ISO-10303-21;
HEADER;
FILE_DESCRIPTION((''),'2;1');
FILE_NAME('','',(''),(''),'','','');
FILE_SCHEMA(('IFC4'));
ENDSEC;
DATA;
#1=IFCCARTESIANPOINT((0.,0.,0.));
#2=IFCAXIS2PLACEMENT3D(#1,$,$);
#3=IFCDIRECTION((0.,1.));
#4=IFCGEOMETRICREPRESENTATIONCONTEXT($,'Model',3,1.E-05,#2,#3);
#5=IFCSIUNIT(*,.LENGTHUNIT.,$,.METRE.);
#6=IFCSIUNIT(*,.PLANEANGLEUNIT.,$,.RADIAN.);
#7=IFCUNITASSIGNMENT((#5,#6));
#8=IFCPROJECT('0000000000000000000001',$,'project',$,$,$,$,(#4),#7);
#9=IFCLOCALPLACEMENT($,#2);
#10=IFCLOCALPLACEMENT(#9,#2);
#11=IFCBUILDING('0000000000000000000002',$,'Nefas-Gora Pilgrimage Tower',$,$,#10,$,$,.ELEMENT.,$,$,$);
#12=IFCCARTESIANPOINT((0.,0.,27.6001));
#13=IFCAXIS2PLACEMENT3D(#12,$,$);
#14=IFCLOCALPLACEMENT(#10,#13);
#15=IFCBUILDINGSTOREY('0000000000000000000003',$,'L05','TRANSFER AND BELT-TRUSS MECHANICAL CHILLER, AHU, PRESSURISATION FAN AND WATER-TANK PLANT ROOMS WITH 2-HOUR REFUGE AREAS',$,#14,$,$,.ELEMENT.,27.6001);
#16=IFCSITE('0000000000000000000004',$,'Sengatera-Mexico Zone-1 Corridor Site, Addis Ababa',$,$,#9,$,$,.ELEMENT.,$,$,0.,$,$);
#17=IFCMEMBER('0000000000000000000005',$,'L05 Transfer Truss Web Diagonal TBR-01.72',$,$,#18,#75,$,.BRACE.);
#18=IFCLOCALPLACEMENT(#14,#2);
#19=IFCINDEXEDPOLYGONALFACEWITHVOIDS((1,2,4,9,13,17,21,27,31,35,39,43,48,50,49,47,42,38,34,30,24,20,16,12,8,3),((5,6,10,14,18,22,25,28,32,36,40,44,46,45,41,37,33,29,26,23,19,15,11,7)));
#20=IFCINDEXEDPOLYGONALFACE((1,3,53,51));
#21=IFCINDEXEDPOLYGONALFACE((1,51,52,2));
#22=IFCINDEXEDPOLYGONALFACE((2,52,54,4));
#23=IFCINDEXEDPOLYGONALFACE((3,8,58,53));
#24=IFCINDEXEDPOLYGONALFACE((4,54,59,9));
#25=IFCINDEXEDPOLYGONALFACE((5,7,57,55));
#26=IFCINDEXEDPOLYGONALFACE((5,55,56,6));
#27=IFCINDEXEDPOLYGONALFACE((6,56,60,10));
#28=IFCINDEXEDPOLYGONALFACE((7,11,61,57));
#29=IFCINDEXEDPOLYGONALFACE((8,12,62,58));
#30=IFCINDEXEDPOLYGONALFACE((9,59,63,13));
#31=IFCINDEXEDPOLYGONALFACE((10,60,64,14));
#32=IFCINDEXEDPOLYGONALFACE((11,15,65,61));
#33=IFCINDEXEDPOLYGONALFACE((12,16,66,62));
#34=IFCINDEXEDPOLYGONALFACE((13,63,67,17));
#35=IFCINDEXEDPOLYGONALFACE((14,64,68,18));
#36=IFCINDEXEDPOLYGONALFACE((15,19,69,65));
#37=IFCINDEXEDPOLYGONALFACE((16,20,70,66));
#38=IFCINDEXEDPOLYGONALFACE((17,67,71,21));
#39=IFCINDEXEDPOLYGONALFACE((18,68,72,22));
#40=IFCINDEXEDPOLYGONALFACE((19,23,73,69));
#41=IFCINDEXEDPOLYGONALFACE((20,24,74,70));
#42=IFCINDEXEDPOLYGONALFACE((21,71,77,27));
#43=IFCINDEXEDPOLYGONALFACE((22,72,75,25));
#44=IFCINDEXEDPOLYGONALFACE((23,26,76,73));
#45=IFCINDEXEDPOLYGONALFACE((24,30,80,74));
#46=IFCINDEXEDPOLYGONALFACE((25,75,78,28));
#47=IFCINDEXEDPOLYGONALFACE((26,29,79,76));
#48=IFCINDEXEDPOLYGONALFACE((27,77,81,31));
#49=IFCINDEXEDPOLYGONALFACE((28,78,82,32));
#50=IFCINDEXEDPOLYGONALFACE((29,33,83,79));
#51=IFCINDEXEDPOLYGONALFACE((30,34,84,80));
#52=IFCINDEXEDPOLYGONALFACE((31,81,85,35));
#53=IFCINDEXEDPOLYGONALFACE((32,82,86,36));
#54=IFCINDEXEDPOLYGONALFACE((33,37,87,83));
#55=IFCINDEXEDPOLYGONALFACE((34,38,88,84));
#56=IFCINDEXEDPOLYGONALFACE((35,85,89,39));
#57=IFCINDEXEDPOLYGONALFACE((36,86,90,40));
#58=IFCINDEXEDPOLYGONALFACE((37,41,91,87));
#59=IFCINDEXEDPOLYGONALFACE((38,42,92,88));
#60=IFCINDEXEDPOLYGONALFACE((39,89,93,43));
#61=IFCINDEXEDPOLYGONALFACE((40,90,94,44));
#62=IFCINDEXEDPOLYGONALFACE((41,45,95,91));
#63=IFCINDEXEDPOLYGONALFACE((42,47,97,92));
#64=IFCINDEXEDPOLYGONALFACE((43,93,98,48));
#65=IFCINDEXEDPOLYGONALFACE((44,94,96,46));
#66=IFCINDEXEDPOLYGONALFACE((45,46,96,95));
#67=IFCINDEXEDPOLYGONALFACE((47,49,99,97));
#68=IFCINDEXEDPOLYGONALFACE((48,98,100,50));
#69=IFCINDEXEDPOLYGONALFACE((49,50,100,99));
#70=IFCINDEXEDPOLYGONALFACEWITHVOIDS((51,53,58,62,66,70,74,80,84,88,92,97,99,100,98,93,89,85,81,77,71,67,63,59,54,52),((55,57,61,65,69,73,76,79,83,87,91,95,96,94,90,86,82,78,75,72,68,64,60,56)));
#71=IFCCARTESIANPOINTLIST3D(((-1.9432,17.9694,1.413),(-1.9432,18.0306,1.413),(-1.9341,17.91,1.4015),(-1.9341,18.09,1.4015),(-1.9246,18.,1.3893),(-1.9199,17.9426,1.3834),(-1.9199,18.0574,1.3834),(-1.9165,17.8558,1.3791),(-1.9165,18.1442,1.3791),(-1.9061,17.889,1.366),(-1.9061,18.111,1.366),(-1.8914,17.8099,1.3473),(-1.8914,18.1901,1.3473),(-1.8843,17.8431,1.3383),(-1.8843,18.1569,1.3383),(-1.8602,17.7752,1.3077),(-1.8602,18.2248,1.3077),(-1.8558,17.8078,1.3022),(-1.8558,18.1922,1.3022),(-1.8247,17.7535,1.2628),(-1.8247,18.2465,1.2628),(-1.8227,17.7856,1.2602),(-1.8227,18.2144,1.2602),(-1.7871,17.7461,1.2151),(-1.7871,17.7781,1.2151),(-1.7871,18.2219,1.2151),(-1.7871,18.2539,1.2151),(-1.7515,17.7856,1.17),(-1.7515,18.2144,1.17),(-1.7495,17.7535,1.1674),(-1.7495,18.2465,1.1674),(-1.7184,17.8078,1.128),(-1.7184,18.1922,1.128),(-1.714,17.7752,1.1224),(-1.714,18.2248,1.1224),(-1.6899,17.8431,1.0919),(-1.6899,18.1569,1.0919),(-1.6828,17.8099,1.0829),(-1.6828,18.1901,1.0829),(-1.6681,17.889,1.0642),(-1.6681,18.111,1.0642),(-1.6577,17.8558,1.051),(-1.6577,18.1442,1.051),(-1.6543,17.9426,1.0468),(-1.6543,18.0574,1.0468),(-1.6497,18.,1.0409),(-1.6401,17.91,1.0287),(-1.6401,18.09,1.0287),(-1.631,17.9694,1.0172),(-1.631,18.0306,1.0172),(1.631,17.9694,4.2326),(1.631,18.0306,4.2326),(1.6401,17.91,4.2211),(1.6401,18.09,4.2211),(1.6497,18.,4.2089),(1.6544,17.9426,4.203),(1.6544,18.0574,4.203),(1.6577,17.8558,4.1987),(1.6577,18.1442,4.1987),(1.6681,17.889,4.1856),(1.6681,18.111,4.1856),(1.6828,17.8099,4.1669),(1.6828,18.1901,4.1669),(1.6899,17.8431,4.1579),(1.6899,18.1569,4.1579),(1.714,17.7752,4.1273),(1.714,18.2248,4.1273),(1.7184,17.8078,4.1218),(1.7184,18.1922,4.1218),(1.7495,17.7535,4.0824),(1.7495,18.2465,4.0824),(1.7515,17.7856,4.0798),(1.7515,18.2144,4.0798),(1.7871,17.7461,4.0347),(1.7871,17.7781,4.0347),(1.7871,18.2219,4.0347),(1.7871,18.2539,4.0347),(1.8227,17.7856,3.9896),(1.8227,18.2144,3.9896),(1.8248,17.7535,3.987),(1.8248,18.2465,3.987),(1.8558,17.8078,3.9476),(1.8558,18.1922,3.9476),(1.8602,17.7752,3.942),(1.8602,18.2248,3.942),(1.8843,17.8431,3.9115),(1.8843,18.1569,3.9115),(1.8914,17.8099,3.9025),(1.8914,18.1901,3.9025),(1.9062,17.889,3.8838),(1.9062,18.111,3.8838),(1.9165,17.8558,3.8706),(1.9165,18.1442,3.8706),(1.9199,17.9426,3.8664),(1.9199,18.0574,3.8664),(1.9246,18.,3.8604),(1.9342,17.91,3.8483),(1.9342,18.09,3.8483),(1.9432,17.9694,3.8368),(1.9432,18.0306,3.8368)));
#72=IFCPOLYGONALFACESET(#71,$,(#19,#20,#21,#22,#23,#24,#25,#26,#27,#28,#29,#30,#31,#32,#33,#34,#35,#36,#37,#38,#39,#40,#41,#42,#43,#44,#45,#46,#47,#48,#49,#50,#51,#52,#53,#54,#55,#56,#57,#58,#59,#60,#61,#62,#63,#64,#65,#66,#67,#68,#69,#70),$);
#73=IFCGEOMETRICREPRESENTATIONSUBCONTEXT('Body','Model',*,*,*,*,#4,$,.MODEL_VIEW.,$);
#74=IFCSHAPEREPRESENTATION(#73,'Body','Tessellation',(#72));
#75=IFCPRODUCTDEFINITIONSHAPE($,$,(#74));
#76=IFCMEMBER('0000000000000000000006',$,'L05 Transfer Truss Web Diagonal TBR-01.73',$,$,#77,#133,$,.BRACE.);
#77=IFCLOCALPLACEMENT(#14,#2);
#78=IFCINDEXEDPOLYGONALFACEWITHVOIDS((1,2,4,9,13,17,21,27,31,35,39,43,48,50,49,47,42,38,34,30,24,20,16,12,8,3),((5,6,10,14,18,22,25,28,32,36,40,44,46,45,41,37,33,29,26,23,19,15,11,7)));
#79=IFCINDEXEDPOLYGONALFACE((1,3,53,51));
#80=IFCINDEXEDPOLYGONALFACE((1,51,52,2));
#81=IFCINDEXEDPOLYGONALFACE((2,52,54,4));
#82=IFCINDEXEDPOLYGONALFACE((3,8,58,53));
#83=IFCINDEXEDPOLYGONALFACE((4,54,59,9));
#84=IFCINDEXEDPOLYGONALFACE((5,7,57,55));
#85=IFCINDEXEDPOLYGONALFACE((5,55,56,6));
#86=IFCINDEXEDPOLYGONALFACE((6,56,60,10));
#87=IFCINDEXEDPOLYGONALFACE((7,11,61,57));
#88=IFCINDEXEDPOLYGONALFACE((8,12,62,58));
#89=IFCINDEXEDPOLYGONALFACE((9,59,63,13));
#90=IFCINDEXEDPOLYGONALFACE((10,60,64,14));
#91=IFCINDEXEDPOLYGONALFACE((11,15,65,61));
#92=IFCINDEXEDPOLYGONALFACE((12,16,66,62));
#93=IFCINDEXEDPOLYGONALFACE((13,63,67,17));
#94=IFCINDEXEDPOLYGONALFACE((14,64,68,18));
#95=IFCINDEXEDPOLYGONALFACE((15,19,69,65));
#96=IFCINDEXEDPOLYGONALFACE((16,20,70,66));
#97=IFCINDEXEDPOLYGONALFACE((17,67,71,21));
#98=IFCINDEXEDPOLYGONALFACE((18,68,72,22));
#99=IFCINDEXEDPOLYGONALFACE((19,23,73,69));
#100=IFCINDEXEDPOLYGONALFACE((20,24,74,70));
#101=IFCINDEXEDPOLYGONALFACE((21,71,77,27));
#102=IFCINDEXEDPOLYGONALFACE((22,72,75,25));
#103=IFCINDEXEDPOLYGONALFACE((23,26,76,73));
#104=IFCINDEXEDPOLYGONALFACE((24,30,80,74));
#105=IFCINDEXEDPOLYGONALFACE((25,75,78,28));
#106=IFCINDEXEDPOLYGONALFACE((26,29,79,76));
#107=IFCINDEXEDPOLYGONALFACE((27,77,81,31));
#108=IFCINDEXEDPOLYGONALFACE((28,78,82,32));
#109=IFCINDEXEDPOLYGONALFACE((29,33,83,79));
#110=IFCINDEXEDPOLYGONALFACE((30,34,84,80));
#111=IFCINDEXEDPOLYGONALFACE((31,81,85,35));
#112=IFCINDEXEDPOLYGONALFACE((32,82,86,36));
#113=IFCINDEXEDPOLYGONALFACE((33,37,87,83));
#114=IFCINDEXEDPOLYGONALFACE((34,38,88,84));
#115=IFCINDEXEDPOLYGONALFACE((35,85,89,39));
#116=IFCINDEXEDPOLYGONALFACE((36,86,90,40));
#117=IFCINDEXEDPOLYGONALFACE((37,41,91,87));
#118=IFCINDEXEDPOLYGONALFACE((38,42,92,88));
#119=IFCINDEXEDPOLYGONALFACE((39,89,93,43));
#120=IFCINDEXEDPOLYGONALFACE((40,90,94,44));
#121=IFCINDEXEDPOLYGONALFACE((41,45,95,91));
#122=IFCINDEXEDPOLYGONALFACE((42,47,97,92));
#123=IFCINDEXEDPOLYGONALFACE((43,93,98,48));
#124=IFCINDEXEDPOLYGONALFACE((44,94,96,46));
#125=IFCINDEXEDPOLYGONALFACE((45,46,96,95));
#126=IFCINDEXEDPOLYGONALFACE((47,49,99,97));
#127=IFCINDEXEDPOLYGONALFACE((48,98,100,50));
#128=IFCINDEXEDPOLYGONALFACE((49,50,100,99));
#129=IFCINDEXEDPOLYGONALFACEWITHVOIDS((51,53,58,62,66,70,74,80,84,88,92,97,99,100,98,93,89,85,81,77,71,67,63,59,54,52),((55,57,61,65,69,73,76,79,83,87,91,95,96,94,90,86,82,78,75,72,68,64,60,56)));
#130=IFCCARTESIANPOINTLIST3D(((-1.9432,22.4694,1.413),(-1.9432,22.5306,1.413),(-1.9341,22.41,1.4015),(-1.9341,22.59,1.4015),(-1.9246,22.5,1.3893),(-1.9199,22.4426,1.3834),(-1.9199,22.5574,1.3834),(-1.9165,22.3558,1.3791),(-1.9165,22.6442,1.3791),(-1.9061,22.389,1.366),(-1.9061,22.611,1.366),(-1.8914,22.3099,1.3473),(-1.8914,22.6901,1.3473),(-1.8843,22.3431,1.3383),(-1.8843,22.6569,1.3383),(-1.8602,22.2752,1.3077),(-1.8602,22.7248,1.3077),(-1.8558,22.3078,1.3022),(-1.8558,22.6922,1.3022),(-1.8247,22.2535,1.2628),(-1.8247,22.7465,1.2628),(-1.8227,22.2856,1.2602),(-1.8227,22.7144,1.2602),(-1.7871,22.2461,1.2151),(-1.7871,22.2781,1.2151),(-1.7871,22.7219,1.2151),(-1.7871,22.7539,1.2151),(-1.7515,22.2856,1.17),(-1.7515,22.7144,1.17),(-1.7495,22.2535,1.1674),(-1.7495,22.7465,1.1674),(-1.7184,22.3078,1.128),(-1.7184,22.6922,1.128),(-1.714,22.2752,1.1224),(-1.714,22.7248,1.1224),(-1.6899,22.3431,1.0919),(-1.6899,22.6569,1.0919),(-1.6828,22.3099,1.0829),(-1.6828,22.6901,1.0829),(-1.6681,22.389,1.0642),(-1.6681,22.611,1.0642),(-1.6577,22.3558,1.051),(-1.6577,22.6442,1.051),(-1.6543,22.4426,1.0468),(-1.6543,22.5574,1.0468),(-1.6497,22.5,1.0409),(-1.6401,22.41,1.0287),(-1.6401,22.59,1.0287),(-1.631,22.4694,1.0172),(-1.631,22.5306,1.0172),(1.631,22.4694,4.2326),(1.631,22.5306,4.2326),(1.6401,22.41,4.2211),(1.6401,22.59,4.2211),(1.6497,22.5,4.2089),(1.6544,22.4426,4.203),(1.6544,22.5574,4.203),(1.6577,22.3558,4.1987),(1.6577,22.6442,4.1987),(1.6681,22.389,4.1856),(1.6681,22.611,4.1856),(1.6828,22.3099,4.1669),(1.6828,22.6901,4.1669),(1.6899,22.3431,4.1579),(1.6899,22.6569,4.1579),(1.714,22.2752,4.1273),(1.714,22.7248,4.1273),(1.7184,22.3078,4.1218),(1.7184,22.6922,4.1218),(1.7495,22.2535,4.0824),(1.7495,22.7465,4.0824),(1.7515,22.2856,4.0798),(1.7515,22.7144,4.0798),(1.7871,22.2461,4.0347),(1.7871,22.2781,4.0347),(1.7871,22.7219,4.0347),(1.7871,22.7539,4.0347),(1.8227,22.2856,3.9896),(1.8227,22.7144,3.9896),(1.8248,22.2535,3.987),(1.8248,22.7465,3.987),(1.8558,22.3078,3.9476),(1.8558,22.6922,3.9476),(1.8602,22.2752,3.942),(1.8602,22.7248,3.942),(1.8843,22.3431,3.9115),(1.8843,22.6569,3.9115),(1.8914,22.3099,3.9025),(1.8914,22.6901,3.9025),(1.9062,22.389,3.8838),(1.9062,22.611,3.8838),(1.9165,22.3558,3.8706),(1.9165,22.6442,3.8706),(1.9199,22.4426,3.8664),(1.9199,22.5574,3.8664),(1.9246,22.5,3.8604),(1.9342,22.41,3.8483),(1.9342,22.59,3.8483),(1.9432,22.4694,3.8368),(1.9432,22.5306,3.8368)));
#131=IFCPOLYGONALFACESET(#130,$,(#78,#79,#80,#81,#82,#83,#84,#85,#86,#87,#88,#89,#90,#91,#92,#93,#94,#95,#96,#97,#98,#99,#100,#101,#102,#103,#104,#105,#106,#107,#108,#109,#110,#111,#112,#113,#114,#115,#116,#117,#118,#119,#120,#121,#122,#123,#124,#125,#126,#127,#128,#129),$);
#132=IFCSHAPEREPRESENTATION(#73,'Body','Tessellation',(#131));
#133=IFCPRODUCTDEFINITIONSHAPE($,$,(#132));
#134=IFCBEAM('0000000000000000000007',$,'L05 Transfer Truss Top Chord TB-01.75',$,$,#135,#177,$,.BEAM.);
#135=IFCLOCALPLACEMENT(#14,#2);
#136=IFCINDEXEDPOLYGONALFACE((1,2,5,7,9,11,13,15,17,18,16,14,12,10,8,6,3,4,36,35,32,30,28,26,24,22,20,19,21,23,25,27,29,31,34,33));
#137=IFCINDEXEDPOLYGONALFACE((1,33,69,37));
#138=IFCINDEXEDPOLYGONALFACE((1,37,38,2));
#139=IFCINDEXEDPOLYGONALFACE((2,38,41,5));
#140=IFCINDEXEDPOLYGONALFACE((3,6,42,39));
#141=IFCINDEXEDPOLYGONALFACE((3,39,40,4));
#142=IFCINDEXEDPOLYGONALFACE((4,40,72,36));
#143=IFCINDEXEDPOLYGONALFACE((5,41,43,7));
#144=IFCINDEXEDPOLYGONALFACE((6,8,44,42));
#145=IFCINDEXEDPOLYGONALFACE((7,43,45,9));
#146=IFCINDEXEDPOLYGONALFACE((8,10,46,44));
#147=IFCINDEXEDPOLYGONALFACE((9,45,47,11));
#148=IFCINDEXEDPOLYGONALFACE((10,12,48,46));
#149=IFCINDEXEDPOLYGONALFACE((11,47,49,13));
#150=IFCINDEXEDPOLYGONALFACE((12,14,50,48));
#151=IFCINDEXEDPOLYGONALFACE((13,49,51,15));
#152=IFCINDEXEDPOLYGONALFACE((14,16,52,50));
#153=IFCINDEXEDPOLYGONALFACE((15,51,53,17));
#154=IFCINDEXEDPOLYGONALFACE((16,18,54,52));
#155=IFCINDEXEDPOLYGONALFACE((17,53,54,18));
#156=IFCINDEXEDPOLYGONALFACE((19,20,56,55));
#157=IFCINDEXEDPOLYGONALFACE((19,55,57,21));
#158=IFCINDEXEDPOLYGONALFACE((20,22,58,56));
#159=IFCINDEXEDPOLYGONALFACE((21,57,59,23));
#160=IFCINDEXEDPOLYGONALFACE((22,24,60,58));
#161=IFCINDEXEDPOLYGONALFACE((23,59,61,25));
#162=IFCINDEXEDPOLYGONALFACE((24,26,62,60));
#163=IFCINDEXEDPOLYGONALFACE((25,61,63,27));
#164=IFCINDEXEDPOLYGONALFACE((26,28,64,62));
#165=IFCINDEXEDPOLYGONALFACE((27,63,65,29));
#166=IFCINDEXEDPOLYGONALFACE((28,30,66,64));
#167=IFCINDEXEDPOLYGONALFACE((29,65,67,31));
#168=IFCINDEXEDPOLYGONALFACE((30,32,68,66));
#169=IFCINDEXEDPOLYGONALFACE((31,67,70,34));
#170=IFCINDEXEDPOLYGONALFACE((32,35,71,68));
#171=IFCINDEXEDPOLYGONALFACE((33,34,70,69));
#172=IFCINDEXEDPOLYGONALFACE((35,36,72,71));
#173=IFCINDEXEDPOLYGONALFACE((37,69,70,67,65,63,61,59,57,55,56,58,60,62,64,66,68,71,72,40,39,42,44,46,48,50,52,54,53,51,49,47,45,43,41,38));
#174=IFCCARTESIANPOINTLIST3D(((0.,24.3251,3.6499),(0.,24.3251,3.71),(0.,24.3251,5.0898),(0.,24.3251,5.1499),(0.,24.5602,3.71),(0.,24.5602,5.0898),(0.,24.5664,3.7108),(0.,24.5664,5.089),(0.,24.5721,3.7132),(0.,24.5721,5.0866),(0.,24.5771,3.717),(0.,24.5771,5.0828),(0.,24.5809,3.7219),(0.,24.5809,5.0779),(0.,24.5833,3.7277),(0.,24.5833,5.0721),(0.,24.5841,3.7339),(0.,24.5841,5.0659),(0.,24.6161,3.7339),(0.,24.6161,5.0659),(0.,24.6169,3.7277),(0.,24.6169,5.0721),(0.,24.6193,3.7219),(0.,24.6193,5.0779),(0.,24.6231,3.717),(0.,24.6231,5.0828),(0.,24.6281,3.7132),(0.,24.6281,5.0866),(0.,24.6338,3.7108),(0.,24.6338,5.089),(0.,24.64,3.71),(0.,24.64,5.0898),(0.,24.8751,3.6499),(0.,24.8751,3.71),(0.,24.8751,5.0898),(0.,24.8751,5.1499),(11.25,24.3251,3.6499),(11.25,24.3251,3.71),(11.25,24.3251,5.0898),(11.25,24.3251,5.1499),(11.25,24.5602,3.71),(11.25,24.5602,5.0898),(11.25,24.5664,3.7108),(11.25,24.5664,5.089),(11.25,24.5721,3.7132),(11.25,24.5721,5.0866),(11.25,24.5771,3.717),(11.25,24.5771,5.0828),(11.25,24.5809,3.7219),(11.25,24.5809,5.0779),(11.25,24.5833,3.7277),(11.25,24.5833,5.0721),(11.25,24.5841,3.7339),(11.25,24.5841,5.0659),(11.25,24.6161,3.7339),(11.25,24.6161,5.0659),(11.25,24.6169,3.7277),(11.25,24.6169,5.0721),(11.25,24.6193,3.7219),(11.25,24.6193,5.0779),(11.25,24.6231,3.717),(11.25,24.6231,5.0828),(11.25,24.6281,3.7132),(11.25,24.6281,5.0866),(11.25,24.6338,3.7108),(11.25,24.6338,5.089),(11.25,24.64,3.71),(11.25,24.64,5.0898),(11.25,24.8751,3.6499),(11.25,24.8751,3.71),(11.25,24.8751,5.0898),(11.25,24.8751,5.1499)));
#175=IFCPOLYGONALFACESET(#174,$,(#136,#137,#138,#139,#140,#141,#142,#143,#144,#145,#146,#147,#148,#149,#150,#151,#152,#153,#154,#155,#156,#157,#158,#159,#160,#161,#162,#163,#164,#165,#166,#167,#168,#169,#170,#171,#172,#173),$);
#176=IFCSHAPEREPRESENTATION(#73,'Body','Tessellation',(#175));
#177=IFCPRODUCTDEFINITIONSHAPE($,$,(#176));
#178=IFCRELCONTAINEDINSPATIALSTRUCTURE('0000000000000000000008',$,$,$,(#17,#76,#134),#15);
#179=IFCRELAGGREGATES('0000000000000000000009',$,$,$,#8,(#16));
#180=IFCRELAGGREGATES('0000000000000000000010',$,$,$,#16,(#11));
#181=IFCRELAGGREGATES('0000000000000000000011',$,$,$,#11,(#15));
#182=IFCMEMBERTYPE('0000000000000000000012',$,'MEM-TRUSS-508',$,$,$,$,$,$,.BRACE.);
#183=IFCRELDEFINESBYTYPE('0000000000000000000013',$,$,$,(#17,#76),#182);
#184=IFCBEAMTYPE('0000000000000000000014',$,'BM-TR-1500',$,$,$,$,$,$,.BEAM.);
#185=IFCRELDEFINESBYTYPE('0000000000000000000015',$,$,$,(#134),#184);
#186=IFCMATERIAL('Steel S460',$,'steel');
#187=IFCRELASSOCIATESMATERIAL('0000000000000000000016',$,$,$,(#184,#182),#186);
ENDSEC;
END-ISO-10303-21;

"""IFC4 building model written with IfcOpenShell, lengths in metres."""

from ifc_helpers import new_model, si_unit, direction, frame, origin, origin_2d, place, context, subcontext, project, spatial, hollow_circle, i_section, extrude, source, transform, mapped, material, material_profile, profile_set, type_object, element, save


model = new_model("IFC4")

# Units and contexts
model_context = context("Model", 3, precision=1e-05, world=origin(), true_north=direction((0.0, 1.0)))
body_context = subcontext(model_context, "Body", "Model", "MODEL_VIEW")
ifc_project = project(units=[si_unit("LENGTHUNIT", "METRE"), si_unit("PLANEANGLEUNIT", "RADIAN")], contexts=[model_context])

# Site, building, storey
site_placement = place(None, origin())
site = spatial("IfcSite", under=ifc_project, at=site_placement, Name="Sengatera-Mexico Zone-1 Corridor Site, Addis Ababa", CompositionType="ELEMENT", RefElevation=0.0)
building_placement = place(site_placement, origin())
building = spatial("IfcBuilding", under=site, at=building_placement, Name="Nefas-Gora Pilgrimage Tower", CompositionType="ELEMENT")
storey_placement = place(building_placement, frame((0.0, 0.0, 27.6001)))
storey = spatial("IfcBuildingStorey", under=building, at=storey_placement, Name="L05", Description="TRANSFER AND BELT-TRUSS MECHANICAL CHILLER, AHU, PRESSURISATION FAN AND WATER-TANK PLANT ROOMS WITH 2-HOUR REFUGE AREAS", CompositionType="ELEMENT", Elevation=27.6001)

# Shared definitions
ifc_material = material(Name="Steel S460", Category="steel")

# Shared definitions
ifc_material_profile_1 = material_profile(ifc_material, i_section(OverallWidth=0.55, OverallDepth=1.5, WebThickness=0.032, FlangeThickness=0.0601, FilletRadius=0.0239, at=origin_2d()), Name="WPG 1500x550x32x60")
ifc_profile_set_1 = profile_set([ifc_material_profile_1], Name="Steel S460")
beam_type_1 = type_object("IfcBeamType", Name="BM-TR-1500", PredefinedType="BEAM", material=ifc_profile_set_1)

# Members
ifc_material_profile_2 = material_profile(ifc_material, hollow_circle(Radius=0.2539, WallThickness=0.032, at=origin_2d()), Name="CHS 508x32")
ifc_profile_set_2 = profile_set([ifc_material_profile_2], Name="Steel S460")
member_type = type_object("IfcMemberType", Name="MEM-TRUSS-508", PredefinedType="BRACE", material=ifc_profile_set_2)
shared_shape_1 = source(origin(), body_context, "Body", "SweptSolid", [
    extrude(hollow_circle(Radius=0.2539, WallThickness=0.032, at=origin_2d()), origin(), (0.0, 0.0, 1.0), 4.5525),
])
for number, where, z_axis, x_axis, name in (
    (1, (-1.7871, 18.0, 1.2151), (0.785115, 0.0, 0.61935), (0.0, 1.0, 0.0), "L05 Transfer Truss Web Diagonal TBR-01.72"),
    (2, (-1.7871, 22.5, 1.2151), (0.785115, 0.0, 0.61935), (0.0, 1.0, 0.0), "L05 Transfer Truss Web Diagonal TBR-01.73"),
):
    element("IfcMember", number, at=place(storey_placement, frame(where, z_axis=z_axis, x_axis=x_axis)), inside=storey, type_object=member_type, Name=name, PredefinedType="BRACE", context=body_context, shape_type="MappedRepresentation", body=[
        mapped(shared_shape_1, transform((0.0, 0.0, 0.0), x_axis=(1.0, 0.0, 0.0), y_axis=(0.0, 1.0, 0.0), z_axis=(0.0, 0.0, 1.0), scale=1.0)),
    ])

# Beam
shared_shape_2 = source(origin(), body_context, "Body", "SweptSolid", [
    extrude(i_section(OverallWidth=0.55, OverallDepth=1.5, WebThickness=0.032, FlangeThickness=0.0601, FilletRadius=0.0239, at=origin_2d()), origin(), (0.0, 0.0, 1.0), 11.25),
])
beam_1_placement = place(storey_placement, frame((0.0, 24.6001, 4.3999), z_axis=(1.0, 0.0, 0.0), x_axis=(0.0, 1.0, 0.0)))
element("IfcBeam", 3, at=beam_1_placement, inside=storey, type_object=beam_type_1, Name="L05 Transfer Truss Top Chord TB-01.75", PredefinedType="BEAM", context=body_context, shape_type="MappedRepresentation", body=[
    mapped(shared_shape_2, transform((0.0, 0.0, 0.0), x_axis=(1.0, 0.0, 0.0), y_axis=(0.0, 1.0, 0.0), z_axis=(0.0, 0.0, 1.0), scale=1.0)),
])

save(model, "model.ifc")
